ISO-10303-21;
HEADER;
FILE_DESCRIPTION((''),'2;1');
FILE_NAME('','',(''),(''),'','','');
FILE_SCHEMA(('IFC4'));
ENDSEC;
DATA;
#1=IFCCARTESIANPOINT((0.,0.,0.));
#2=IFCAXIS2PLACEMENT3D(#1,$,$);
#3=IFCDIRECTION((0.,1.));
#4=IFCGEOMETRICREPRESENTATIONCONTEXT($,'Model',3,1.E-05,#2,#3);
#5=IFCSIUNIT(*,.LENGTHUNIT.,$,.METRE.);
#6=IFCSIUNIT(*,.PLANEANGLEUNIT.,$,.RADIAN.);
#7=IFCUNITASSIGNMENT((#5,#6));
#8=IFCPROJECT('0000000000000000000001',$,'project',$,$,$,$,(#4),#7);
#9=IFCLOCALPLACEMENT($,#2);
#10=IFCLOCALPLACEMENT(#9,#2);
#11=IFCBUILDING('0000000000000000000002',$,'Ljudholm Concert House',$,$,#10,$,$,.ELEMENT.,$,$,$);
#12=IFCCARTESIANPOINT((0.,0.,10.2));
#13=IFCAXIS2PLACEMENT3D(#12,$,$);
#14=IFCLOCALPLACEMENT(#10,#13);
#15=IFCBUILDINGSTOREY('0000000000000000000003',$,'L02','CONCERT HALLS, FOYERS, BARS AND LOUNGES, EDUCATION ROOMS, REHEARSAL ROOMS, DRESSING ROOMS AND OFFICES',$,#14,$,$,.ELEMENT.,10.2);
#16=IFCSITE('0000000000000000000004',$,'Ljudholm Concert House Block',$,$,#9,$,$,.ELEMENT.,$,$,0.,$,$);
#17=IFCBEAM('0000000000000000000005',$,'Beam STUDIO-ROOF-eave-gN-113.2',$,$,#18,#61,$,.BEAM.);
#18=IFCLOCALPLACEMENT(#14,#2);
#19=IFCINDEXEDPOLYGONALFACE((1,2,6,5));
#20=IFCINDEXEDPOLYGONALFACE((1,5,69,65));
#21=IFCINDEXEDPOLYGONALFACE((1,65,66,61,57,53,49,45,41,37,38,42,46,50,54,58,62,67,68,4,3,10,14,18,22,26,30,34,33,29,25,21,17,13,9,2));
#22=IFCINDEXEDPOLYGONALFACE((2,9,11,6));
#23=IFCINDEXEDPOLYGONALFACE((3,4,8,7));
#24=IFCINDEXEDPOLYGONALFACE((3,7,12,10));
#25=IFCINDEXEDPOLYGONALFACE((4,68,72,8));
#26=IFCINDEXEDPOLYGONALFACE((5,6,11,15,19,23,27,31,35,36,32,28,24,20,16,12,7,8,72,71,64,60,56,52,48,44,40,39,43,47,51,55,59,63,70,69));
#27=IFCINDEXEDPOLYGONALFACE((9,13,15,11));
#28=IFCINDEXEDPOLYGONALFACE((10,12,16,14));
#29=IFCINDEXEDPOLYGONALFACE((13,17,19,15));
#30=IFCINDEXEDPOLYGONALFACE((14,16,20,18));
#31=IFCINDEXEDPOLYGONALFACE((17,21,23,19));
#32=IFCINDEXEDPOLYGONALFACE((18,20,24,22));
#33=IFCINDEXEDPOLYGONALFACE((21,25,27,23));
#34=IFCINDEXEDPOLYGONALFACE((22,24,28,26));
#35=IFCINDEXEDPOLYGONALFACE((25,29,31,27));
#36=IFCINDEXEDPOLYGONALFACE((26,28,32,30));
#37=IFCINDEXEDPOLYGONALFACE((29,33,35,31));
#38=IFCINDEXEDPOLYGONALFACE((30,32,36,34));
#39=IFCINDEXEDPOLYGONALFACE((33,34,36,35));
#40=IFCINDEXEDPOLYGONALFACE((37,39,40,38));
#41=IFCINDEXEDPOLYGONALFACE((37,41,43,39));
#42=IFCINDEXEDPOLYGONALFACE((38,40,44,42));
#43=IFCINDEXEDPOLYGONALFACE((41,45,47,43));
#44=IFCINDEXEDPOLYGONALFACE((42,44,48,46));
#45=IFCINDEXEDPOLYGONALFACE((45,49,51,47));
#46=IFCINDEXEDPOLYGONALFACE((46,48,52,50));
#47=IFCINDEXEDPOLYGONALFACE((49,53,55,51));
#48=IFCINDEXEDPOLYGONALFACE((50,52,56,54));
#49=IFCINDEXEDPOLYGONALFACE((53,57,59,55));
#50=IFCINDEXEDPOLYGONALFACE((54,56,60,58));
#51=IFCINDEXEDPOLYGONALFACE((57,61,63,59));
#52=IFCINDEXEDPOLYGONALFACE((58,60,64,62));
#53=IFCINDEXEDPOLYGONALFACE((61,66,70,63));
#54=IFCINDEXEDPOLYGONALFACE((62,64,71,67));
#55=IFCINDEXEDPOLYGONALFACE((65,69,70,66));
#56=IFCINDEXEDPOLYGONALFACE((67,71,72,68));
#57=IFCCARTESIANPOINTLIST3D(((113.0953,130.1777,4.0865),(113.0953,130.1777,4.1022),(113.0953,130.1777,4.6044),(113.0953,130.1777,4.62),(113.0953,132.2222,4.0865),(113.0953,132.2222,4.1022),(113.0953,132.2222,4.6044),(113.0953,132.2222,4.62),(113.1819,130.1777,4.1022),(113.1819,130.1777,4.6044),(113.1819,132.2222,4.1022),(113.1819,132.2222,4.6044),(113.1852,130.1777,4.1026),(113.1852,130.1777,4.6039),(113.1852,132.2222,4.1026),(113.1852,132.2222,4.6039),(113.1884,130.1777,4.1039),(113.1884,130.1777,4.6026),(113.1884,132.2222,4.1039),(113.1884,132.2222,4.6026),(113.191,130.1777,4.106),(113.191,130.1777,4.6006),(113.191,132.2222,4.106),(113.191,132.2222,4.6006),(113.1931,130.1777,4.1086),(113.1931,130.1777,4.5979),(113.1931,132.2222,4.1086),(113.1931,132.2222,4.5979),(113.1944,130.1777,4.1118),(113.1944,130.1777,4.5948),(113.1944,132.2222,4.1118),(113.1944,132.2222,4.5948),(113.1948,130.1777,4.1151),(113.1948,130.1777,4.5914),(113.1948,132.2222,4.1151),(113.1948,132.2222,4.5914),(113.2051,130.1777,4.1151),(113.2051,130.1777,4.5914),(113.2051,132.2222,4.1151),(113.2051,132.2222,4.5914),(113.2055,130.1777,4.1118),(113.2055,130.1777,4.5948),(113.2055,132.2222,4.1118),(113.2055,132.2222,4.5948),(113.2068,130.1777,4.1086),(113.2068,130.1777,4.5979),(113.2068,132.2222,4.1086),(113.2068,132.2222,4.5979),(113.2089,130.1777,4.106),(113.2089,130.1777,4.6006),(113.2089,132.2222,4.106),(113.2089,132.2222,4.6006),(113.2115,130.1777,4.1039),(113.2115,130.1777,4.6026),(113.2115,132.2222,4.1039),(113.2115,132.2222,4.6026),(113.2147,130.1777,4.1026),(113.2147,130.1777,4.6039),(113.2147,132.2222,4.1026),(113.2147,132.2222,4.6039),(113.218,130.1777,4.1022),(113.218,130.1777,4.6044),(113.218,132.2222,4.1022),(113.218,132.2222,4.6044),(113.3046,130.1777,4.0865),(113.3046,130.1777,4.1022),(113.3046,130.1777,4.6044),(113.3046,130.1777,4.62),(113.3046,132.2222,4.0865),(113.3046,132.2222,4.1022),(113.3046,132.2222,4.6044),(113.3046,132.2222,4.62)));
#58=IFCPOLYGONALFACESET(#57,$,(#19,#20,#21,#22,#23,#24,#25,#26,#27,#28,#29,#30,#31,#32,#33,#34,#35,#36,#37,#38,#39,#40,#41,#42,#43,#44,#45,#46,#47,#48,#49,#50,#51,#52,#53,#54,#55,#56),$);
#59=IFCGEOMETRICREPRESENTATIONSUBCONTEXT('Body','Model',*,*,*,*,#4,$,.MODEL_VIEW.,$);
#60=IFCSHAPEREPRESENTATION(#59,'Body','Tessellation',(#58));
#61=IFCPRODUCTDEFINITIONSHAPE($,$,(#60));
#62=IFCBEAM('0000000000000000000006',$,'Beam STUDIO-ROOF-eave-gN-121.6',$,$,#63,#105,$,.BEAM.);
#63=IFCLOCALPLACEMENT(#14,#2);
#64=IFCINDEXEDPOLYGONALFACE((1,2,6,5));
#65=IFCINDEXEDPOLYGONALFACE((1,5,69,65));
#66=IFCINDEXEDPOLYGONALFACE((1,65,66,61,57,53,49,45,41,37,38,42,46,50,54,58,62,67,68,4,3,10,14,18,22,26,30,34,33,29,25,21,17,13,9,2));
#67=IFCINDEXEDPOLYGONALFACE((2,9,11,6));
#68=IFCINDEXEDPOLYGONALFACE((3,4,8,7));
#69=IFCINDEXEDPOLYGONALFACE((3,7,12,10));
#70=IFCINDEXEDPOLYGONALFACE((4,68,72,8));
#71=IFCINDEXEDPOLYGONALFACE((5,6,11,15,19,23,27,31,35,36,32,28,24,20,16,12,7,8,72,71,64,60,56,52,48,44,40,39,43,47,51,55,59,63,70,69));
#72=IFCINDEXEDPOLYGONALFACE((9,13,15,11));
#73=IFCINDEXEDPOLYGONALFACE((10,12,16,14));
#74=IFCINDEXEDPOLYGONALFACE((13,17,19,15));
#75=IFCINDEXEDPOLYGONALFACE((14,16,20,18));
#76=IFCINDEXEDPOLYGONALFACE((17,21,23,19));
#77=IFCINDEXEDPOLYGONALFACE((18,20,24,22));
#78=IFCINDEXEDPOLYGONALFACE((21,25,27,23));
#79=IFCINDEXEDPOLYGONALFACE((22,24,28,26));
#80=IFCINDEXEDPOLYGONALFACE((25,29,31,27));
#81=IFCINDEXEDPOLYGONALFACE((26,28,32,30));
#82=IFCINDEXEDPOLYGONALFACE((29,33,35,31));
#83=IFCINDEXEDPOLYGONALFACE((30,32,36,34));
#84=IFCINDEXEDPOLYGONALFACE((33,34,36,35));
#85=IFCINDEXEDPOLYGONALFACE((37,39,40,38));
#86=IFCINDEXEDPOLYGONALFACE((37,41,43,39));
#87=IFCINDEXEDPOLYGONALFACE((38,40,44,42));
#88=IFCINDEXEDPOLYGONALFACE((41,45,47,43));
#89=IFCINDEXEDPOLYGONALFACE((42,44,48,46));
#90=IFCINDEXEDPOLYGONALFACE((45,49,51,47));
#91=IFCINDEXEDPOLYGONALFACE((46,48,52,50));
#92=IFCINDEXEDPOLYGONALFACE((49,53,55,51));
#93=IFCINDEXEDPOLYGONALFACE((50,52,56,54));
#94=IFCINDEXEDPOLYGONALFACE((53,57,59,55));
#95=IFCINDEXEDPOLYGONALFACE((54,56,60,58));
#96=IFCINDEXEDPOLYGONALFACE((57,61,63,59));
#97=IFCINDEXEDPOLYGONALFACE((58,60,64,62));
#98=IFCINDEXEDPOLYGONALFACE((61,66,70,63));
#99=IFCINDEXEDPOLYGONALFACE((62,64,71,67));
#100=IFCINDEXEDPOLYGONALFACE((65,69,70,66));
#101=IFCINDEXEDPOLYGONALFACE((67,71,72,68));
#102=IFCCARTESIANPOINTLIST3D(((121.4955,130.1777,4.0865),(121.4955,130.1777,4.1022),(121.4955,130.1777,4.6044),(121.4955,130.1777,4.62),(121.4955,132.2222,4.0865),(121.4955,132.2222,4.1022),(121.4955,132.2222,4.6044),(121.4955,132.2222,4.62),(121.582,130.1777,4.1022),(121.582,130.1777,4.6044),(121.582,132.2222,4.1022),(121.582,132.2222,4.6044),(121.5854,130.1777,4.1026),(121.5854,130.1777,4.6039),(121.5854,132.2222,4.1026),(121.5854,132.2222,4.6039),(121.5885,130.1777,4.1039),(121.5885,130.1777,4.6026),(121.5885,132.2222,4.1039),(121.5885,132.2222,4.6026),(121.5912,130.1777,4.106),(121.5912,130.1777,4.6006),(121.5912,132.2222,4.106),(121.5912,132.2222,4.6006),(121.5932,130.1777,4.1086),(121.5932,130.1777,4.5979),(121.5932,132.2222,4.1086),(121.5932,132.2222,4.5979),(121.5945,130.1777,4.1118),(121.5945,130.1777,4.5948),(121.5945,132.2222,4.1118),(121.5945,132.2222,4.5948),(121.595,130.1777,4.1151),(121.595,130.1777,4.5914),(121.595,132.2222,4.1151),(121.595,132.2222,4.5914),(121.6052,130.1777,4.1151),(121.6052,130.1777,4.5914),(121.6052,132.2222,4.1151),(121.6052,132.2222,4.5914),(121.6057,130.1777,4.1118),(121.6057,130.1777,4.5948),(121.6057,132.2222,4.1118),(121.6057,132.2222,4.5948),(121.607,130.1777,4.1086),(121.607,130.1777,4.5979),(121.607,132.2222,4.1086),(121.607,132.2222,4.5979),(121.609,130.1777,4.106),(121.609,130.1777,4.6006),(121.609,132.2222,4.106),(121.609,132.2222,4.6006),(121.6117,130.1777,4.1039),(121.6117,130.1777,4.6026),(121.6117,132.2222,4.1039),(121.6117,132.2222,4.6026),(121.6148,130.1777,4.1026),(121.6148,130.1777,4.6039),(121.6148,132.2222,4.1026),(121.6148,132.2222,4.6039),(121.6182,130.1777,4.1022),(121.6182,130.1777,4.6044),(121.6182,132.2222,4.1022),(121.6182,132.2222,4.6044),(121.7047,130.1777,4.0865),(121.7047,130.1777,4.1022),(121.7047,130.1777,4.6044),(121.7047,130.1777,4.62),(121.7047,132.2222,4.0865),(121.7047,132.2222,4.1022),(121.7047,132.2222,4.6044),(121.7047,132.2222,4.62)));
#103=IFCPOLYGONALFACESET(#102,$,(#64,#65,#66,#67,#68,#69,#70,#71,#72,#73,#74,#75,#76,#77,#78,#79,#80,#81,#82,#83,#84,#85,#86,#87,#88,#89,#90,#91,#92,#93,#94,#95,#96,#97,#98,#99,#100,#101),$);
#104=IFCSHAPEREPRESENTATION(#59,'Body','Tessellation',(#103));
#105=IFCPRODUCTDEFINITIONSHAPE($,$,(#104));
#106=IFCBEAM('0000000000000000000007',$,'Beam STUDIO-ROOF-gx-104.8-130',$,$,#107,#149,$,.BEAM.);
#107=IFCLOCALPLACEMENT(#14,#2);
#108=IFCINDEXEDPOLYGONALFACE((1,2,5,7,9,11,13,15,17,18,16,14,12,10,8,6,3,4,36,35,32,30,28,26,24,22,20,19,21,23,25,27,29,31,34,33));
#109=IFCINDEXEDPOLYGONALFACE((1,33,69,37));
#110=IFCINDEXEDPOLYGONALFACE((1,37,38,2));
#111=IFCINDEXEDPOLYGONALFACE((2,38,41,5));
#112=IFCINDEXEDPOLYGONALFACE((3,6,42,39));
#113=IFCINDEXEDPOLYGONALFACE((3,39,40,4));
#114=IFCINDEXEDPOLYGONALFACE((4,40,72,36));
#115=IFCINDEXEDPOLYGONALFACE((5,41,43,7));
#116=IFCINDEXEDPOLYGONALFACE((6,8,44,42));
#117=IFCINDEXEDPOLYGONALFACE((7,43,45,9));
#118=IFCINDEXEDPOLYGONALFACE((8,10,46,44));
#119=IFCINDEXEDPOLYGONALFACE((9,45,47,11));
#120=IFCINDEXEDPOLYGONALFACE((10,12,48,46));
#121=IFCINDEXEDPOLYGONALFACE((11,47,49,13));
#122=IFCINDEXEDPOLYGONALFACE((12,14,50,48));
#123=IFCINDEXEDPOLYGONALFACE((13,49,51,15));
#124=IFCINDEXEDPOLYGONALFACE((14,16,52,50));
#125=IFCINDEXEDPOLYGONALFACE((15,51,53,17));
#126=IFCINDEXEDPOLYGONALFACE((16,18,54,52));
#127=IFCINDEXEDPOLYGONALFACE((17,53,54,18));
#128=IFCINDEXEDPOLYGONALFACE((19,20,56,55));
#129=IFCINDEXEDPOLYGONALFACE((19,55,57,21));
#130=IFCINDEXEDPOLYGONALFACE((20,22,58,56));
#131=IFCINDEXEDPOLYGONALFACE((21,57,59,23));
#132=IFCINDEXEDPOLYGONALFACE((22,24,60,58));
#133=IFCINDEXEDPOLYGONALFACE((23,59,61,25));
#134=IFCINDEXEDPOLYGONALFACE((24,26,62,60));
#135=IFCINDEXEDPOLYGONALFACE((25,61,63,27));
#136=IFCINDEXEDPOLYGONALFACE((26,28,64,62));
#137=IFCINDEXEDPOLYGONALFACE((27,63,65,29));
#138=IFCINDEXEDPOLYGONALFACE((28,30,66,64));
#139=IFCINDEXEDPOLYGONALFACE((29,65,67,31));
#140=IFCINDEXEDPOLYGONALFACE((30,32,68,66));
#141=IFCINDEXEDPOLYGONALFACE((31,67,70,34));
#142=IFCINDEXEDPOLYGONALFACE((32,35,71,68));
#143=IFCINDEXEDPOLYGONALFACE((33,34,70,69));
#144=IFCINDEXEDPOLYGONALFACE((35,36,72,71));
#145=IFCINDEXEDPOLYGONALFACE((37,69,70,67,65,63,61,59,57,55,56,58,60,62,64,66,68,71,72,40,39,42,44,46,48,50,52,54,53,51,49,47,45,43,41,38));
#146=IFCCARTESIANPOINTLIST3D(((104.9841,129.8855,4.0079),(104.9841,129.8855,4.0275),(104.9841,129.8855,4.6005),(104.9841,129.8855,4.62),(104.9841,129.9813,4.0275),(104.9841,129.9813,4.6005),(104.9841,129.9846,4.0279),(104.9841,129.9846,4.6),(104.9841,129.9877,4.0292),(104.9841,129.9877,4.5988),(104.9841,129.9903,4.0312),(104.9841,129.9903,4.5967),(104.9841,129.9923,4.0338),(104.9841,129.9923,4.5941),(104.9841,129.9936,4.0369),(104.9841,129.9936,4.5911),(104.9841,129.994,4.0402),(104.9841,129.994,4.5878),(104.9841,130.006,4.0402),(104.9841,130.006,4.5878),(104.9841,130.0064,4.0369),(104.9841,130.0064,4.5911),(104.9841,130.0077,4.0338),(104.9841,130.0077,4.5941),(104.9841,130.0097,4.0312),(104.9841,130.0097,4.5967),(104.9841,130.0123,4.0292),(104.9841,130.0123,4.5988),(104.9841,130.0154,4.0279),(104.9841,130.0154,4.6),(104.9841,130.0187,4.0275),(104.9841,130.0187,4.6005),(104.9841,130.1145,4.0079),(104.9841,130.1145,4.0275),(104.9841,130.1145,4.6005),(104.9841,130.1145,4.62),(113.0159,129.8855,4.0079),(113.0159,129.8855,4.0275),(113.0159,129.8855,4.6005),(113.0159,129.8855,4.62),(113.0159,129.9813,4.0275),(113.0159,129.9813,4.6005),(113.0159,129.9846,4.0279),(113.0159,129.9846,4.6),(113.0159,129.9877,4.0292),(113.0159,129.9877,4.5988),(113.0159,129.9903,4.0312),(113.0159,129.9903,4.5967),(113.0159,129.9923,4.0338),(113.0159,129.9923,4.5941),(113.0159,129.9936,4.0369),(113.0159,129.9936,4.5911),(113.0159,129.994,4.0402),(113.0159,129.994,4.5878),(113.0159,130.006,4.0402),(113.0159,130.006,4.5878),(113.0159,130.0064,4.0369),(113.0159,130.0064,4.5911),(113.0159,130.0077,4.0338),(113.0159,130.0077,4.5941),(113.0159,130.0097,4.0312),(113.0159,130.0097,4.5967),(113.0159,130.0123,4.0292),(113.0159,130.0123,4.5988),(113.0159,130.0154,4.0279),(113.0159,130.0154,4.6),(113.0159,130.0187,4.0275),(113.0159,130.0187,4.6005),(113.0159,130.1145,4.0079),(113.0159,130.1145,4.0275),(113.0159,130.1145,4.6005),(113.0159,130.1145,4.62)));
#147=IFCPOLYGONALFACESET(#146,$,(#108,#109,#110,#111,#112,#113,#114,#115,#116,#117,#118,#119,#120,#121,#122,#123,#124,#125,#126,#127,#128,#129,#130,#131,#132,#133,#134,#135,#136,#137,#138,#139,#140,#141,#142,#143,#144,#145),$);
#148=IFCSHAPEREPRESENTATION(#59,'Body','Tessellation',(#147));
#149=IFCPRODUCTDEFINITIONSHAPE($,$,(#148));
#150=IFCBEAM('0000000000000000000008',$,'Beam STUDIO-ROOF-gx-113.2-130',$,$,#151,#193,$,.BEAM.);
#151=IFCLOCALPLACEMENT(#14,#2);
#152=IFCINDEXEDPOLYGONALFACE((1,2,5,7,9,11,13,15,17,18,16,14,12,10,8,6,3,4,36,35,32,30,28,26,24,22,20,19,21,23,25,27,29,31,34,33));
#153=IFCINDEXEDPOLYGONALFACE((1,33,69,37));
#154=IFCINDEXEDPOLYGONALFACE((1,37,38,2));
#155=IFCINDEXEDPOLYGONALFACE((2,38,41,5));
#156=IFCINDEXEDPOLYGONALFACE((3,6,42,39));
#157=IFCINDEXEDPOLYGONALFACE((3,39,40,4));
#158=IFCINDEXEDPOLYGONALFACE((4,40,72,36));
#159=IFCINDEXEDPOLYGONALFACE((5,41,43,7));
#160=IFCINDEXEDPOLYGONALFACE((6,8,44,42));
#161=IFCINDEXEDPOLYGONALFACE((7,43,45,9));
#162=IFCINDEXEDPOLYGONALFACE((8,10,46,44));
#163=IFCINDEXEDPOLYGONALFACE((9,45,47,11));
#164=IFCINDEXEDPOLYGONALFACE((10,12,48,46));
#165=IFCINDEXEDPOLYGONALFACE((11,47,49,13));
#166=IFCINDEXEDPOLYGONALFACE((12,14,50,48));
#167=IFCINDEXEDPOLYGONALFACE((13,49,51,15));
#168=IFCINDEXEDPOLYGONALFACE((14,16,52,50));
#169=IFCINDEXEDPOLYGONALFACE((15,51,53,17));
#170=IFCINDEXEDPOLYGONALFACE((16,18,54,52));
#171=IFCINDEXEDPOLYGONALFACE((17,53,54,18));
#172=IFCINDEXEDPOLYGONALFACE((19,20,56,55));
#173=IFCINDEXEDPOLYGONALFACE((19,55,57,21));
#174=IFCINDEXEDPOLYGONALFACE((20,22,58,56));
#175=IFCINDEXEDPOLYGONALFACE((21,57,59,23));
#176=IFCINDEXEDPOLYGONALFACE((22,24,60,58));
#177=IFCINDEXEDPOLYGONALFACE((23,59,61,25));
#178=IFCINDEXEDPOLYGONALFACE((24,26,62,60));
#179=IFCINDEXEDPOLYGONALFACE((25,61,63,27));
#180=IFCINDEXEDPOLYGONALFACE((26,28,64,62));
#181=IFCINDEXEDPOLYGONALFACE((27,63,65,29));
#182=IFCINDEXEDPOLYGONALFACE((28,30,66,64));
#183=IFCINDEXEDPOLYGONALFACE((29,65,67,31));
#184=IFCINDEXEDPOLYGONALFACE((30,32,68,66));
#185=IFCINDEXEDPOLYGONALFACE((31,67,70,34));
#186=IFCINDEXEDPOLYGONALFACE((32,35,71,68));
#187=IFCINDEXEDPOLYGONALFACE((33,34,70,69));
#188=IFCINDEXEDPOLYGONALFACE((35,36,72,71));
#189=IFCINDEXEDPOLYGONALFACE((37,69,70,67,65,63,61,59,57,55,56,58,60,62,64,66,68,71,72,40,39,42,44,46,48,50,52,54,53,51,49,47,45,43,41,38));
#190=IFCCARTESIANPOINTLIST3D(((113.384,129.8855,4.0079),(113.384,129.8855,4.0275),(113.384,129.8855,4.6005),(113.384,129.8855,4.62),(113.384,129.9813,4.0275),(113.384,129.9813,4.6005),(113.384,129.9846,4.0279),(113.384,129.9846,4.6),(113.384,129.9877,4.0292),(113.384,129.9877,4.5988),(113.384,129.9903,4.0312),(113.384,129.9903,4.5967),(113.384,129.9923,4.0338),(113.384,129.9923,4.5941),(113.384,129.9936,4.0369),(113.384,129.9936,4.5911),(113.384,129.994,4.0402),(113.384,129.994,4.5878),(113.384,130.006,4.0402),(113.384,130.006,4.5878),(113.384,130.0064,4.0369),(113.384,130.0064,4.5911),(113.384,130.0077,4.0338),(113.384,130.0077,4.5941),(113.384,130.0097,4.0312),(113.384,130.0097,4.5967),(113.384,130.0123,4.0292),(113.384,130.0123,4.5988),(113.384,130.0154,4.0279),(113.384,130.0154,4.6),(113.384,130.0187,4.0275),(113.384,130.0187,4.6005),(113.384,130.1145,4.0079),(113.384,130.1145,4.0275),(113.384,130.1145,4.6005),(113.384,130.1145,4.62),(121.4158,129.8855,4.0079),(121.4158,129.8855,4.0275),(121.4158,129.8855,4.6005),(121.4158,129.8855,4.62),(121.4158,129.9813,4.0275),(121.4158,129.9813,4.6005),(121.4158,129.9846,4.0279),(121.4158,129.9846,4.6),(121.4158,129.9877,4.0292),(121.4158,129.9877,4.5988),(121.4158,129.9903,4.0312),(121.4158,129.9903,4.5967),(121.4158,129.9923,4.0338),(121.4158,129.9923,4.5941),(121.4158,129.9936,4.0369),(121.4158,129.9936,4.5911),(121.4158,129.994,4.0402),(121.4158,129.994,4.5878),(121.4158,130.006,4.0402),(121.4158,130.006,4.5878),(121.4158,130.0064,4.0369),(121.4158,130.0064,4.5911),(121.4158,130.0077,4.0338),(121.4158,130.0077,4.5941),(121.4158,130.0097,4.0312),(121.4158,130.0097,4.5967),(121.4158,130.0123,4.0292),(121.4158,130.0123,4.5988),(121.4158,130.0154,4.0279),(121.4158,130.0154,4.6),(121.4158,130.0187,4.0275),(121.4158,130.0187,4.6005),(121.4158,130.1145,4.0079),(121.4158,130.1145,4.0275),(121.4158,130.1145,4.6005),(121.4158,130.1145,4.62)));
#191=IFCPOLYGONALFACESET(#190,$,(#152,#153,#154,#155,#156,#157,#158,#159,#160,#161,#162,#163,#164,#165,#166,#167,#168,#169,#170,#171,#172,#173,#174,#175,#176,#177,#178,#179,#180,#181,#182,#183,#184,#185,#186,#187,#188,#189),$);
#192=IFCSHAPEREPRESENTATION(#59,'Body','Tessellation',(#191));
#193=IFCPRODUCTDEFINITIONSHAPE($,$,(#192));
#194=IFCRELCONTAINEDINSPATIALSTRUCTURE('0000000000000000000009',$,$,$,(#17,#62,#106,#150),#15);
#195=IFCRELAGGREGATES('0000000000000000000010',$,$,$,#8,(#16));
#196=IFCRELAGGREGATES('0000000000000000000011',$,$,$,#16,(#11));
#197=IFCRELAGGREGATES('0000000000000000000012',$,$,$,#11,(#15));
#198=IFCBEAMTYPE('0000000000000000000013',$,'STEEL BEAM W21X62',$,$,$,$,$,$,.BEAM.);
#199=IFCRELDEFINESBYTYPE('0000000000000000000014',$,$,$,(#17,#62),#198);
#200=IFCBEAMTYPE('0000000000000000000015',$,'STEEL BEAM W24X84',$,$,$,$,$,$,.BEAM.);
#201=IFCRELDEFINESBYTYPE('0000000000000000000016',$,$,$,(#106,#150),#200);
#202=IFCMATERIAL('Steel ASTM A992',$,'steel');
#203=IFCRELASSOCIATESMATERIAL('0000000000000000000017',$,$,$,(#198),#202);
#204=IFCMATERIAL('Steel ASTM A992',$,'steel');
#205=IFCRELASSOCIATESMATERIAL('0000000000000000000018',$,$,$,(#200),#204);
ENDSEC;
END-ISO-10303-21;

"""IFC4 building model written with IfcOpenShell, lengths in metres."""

from ifc_helpers import new_model, si_unit, direction, frame, origin, origin_2d, place, context, subcontext, project, spatial, i_section, extrude, material, material_profile, profile_set, type_object, element, save


model = new_model("IFC4")

# Units and contexts
model_context = context("Model", 3, precision=1e-05, world=origin(), true_north=direction((0.0, 1.0)))
body_context = subcontext(model_context, "Body", "Model", "MODEL_VIEW")
ifc_project = project(units=[si_unit("LENGTHUNIT", "METRE"), si_unit("PLANEANGLEUNIT", "RADIAN")], contexts=[model_context])

# Site, building, storey
site_placement = place(None, origin())
site = spatial("IfcSite", under=ifc_project, at=site_placement, Name="Ljudholm Concert House Block", CompositionType="ELEMENT", RefElevation=0.0)
building_placement = place(site_placement, origin())
building = spatial("IfcBuilding", under=site, at=building_placement, Name="Ljudholm Concert House", CompositionType="ELEMENT")
storey_placement = place(building_placement, frame((0.0, 0.0, 10.2)))
storey = spatial("IfcBuildingStorey", under=building, at=storey_placement, Name="L02", Description="CONCERT HALLS, FOYERS, BARS AND LOUNGES, EDUCATION ROOMS, REHEARSAL ROOMS, DRESSING ROOMS AND OFFICES", CompositionType="ELEMENT", Elevation=10.2)

# Beams
ifc_material_1 = material(Name="Steel ASTM A992", Category="steel")
ifc_material_profile_1 = material_profile(ifc_material_1, i_section(OverallWidth=0.2092, OverallDepth=0.5334, WebThickness=0.0103, FlangeThickness=0.0156, FilletRadius=0.0129, at=origin_2d()), Name="W21X62")
ifc_profile_set_1 = profile_set([ifc_material_profile_1], Name="Steel ASTM A992")
beam_type_1 = type_object("IfcBeamType", Name="STEEL BEAM W21X62", PredefinedType="BEAM", material=ifc_profile_set_1)
for number, where, z_axis, x_axis, name in (
    (1, (113.2, 130.1777, 4.3533), (0.0, 1.0, 0.0), (-1.0, 0.0, 0.0), "Beam STUDIO-ROOF-eave-gN-113.2"),
    (2, (121.6001, 130.1777, 4.3533), (0.0, 1.0, 0.0), (-1.0, 0.0, 0.0), "Beam STUDIO-ROOF-eave-gN-121.6"),
):
    element("IfcBeam", number, at=place(storey_placement, frame(where, z_axis=z_axis, x_axis=x_axis)), inside=storey, type_object=beam_type_1, Name=name, PredefinedType="BEAM", context=body_context, shape_type="SweptSolid", body=[
        extrude(i_section(OverallWidth=0.2092, OverallDepth=0.5334, WebThickness=0.0103, FlangeThickness=0.0156, FilletRadius=0.0129, at=origin_2d()), origin(), (0.0, 0.0, 1.0), 2.0444),
    ])
ifc_material_2 = material(Name="Steel ASTM A992", Category="steel")
ifc_material_profile_2 = material_profile(ifc_material_2, i_section(OverallWidth=0.229, OverallDepth=0.6121, WebThickness=0.012, FlangeThickness=0.0195, FilletRadius=0.0127, at=origin_2d()), Name="W24X84")
ifc_profile_set_2 = profile_set([ifc_material_profile_2], Name="Steel ASTM A992")
beam_type_2 = type_object("IfcBeamType", Name="STEEL BEAM W24X84", PredefinedType="BEAM", material=ifc_profile_set_2)
for number, where, z_axis, x_axis, name in (
    (3, (104.9841, 130.0, 4.314), (1.0, 0.0, 0.0), (0.0, 1.0, 0.0), "Beam STUDIO-ROOF-gx-104.8-130"),
    (4, (113.384, 130.0, 4.314), (1.0, 0.0, 0.0), (0.0, 1.0, 0.0), "Beam STUDIO-ROOF-gx-113.2-130"),
):
    element("IfcBeam", number, at=place(storey_placement, frame(where, z_axis=z_axis, x_axis=x_axis)), inside=storey, type_object=beam_type_2, Name=name, PredefinedType="BEAM", context=body_context, shape_type="SweptSolid", body=[
        extrude(i_section(OverallWidth=0.229, OverallDepth=0.6121, WebThickness=0.012, FlangeThickness=0.0195, FilletRadius=0.0127, at=origin_2d()), origin(), (0.0, 0.0, 1.0), 8.0317),
    ])

save(model, "model.ifc")
